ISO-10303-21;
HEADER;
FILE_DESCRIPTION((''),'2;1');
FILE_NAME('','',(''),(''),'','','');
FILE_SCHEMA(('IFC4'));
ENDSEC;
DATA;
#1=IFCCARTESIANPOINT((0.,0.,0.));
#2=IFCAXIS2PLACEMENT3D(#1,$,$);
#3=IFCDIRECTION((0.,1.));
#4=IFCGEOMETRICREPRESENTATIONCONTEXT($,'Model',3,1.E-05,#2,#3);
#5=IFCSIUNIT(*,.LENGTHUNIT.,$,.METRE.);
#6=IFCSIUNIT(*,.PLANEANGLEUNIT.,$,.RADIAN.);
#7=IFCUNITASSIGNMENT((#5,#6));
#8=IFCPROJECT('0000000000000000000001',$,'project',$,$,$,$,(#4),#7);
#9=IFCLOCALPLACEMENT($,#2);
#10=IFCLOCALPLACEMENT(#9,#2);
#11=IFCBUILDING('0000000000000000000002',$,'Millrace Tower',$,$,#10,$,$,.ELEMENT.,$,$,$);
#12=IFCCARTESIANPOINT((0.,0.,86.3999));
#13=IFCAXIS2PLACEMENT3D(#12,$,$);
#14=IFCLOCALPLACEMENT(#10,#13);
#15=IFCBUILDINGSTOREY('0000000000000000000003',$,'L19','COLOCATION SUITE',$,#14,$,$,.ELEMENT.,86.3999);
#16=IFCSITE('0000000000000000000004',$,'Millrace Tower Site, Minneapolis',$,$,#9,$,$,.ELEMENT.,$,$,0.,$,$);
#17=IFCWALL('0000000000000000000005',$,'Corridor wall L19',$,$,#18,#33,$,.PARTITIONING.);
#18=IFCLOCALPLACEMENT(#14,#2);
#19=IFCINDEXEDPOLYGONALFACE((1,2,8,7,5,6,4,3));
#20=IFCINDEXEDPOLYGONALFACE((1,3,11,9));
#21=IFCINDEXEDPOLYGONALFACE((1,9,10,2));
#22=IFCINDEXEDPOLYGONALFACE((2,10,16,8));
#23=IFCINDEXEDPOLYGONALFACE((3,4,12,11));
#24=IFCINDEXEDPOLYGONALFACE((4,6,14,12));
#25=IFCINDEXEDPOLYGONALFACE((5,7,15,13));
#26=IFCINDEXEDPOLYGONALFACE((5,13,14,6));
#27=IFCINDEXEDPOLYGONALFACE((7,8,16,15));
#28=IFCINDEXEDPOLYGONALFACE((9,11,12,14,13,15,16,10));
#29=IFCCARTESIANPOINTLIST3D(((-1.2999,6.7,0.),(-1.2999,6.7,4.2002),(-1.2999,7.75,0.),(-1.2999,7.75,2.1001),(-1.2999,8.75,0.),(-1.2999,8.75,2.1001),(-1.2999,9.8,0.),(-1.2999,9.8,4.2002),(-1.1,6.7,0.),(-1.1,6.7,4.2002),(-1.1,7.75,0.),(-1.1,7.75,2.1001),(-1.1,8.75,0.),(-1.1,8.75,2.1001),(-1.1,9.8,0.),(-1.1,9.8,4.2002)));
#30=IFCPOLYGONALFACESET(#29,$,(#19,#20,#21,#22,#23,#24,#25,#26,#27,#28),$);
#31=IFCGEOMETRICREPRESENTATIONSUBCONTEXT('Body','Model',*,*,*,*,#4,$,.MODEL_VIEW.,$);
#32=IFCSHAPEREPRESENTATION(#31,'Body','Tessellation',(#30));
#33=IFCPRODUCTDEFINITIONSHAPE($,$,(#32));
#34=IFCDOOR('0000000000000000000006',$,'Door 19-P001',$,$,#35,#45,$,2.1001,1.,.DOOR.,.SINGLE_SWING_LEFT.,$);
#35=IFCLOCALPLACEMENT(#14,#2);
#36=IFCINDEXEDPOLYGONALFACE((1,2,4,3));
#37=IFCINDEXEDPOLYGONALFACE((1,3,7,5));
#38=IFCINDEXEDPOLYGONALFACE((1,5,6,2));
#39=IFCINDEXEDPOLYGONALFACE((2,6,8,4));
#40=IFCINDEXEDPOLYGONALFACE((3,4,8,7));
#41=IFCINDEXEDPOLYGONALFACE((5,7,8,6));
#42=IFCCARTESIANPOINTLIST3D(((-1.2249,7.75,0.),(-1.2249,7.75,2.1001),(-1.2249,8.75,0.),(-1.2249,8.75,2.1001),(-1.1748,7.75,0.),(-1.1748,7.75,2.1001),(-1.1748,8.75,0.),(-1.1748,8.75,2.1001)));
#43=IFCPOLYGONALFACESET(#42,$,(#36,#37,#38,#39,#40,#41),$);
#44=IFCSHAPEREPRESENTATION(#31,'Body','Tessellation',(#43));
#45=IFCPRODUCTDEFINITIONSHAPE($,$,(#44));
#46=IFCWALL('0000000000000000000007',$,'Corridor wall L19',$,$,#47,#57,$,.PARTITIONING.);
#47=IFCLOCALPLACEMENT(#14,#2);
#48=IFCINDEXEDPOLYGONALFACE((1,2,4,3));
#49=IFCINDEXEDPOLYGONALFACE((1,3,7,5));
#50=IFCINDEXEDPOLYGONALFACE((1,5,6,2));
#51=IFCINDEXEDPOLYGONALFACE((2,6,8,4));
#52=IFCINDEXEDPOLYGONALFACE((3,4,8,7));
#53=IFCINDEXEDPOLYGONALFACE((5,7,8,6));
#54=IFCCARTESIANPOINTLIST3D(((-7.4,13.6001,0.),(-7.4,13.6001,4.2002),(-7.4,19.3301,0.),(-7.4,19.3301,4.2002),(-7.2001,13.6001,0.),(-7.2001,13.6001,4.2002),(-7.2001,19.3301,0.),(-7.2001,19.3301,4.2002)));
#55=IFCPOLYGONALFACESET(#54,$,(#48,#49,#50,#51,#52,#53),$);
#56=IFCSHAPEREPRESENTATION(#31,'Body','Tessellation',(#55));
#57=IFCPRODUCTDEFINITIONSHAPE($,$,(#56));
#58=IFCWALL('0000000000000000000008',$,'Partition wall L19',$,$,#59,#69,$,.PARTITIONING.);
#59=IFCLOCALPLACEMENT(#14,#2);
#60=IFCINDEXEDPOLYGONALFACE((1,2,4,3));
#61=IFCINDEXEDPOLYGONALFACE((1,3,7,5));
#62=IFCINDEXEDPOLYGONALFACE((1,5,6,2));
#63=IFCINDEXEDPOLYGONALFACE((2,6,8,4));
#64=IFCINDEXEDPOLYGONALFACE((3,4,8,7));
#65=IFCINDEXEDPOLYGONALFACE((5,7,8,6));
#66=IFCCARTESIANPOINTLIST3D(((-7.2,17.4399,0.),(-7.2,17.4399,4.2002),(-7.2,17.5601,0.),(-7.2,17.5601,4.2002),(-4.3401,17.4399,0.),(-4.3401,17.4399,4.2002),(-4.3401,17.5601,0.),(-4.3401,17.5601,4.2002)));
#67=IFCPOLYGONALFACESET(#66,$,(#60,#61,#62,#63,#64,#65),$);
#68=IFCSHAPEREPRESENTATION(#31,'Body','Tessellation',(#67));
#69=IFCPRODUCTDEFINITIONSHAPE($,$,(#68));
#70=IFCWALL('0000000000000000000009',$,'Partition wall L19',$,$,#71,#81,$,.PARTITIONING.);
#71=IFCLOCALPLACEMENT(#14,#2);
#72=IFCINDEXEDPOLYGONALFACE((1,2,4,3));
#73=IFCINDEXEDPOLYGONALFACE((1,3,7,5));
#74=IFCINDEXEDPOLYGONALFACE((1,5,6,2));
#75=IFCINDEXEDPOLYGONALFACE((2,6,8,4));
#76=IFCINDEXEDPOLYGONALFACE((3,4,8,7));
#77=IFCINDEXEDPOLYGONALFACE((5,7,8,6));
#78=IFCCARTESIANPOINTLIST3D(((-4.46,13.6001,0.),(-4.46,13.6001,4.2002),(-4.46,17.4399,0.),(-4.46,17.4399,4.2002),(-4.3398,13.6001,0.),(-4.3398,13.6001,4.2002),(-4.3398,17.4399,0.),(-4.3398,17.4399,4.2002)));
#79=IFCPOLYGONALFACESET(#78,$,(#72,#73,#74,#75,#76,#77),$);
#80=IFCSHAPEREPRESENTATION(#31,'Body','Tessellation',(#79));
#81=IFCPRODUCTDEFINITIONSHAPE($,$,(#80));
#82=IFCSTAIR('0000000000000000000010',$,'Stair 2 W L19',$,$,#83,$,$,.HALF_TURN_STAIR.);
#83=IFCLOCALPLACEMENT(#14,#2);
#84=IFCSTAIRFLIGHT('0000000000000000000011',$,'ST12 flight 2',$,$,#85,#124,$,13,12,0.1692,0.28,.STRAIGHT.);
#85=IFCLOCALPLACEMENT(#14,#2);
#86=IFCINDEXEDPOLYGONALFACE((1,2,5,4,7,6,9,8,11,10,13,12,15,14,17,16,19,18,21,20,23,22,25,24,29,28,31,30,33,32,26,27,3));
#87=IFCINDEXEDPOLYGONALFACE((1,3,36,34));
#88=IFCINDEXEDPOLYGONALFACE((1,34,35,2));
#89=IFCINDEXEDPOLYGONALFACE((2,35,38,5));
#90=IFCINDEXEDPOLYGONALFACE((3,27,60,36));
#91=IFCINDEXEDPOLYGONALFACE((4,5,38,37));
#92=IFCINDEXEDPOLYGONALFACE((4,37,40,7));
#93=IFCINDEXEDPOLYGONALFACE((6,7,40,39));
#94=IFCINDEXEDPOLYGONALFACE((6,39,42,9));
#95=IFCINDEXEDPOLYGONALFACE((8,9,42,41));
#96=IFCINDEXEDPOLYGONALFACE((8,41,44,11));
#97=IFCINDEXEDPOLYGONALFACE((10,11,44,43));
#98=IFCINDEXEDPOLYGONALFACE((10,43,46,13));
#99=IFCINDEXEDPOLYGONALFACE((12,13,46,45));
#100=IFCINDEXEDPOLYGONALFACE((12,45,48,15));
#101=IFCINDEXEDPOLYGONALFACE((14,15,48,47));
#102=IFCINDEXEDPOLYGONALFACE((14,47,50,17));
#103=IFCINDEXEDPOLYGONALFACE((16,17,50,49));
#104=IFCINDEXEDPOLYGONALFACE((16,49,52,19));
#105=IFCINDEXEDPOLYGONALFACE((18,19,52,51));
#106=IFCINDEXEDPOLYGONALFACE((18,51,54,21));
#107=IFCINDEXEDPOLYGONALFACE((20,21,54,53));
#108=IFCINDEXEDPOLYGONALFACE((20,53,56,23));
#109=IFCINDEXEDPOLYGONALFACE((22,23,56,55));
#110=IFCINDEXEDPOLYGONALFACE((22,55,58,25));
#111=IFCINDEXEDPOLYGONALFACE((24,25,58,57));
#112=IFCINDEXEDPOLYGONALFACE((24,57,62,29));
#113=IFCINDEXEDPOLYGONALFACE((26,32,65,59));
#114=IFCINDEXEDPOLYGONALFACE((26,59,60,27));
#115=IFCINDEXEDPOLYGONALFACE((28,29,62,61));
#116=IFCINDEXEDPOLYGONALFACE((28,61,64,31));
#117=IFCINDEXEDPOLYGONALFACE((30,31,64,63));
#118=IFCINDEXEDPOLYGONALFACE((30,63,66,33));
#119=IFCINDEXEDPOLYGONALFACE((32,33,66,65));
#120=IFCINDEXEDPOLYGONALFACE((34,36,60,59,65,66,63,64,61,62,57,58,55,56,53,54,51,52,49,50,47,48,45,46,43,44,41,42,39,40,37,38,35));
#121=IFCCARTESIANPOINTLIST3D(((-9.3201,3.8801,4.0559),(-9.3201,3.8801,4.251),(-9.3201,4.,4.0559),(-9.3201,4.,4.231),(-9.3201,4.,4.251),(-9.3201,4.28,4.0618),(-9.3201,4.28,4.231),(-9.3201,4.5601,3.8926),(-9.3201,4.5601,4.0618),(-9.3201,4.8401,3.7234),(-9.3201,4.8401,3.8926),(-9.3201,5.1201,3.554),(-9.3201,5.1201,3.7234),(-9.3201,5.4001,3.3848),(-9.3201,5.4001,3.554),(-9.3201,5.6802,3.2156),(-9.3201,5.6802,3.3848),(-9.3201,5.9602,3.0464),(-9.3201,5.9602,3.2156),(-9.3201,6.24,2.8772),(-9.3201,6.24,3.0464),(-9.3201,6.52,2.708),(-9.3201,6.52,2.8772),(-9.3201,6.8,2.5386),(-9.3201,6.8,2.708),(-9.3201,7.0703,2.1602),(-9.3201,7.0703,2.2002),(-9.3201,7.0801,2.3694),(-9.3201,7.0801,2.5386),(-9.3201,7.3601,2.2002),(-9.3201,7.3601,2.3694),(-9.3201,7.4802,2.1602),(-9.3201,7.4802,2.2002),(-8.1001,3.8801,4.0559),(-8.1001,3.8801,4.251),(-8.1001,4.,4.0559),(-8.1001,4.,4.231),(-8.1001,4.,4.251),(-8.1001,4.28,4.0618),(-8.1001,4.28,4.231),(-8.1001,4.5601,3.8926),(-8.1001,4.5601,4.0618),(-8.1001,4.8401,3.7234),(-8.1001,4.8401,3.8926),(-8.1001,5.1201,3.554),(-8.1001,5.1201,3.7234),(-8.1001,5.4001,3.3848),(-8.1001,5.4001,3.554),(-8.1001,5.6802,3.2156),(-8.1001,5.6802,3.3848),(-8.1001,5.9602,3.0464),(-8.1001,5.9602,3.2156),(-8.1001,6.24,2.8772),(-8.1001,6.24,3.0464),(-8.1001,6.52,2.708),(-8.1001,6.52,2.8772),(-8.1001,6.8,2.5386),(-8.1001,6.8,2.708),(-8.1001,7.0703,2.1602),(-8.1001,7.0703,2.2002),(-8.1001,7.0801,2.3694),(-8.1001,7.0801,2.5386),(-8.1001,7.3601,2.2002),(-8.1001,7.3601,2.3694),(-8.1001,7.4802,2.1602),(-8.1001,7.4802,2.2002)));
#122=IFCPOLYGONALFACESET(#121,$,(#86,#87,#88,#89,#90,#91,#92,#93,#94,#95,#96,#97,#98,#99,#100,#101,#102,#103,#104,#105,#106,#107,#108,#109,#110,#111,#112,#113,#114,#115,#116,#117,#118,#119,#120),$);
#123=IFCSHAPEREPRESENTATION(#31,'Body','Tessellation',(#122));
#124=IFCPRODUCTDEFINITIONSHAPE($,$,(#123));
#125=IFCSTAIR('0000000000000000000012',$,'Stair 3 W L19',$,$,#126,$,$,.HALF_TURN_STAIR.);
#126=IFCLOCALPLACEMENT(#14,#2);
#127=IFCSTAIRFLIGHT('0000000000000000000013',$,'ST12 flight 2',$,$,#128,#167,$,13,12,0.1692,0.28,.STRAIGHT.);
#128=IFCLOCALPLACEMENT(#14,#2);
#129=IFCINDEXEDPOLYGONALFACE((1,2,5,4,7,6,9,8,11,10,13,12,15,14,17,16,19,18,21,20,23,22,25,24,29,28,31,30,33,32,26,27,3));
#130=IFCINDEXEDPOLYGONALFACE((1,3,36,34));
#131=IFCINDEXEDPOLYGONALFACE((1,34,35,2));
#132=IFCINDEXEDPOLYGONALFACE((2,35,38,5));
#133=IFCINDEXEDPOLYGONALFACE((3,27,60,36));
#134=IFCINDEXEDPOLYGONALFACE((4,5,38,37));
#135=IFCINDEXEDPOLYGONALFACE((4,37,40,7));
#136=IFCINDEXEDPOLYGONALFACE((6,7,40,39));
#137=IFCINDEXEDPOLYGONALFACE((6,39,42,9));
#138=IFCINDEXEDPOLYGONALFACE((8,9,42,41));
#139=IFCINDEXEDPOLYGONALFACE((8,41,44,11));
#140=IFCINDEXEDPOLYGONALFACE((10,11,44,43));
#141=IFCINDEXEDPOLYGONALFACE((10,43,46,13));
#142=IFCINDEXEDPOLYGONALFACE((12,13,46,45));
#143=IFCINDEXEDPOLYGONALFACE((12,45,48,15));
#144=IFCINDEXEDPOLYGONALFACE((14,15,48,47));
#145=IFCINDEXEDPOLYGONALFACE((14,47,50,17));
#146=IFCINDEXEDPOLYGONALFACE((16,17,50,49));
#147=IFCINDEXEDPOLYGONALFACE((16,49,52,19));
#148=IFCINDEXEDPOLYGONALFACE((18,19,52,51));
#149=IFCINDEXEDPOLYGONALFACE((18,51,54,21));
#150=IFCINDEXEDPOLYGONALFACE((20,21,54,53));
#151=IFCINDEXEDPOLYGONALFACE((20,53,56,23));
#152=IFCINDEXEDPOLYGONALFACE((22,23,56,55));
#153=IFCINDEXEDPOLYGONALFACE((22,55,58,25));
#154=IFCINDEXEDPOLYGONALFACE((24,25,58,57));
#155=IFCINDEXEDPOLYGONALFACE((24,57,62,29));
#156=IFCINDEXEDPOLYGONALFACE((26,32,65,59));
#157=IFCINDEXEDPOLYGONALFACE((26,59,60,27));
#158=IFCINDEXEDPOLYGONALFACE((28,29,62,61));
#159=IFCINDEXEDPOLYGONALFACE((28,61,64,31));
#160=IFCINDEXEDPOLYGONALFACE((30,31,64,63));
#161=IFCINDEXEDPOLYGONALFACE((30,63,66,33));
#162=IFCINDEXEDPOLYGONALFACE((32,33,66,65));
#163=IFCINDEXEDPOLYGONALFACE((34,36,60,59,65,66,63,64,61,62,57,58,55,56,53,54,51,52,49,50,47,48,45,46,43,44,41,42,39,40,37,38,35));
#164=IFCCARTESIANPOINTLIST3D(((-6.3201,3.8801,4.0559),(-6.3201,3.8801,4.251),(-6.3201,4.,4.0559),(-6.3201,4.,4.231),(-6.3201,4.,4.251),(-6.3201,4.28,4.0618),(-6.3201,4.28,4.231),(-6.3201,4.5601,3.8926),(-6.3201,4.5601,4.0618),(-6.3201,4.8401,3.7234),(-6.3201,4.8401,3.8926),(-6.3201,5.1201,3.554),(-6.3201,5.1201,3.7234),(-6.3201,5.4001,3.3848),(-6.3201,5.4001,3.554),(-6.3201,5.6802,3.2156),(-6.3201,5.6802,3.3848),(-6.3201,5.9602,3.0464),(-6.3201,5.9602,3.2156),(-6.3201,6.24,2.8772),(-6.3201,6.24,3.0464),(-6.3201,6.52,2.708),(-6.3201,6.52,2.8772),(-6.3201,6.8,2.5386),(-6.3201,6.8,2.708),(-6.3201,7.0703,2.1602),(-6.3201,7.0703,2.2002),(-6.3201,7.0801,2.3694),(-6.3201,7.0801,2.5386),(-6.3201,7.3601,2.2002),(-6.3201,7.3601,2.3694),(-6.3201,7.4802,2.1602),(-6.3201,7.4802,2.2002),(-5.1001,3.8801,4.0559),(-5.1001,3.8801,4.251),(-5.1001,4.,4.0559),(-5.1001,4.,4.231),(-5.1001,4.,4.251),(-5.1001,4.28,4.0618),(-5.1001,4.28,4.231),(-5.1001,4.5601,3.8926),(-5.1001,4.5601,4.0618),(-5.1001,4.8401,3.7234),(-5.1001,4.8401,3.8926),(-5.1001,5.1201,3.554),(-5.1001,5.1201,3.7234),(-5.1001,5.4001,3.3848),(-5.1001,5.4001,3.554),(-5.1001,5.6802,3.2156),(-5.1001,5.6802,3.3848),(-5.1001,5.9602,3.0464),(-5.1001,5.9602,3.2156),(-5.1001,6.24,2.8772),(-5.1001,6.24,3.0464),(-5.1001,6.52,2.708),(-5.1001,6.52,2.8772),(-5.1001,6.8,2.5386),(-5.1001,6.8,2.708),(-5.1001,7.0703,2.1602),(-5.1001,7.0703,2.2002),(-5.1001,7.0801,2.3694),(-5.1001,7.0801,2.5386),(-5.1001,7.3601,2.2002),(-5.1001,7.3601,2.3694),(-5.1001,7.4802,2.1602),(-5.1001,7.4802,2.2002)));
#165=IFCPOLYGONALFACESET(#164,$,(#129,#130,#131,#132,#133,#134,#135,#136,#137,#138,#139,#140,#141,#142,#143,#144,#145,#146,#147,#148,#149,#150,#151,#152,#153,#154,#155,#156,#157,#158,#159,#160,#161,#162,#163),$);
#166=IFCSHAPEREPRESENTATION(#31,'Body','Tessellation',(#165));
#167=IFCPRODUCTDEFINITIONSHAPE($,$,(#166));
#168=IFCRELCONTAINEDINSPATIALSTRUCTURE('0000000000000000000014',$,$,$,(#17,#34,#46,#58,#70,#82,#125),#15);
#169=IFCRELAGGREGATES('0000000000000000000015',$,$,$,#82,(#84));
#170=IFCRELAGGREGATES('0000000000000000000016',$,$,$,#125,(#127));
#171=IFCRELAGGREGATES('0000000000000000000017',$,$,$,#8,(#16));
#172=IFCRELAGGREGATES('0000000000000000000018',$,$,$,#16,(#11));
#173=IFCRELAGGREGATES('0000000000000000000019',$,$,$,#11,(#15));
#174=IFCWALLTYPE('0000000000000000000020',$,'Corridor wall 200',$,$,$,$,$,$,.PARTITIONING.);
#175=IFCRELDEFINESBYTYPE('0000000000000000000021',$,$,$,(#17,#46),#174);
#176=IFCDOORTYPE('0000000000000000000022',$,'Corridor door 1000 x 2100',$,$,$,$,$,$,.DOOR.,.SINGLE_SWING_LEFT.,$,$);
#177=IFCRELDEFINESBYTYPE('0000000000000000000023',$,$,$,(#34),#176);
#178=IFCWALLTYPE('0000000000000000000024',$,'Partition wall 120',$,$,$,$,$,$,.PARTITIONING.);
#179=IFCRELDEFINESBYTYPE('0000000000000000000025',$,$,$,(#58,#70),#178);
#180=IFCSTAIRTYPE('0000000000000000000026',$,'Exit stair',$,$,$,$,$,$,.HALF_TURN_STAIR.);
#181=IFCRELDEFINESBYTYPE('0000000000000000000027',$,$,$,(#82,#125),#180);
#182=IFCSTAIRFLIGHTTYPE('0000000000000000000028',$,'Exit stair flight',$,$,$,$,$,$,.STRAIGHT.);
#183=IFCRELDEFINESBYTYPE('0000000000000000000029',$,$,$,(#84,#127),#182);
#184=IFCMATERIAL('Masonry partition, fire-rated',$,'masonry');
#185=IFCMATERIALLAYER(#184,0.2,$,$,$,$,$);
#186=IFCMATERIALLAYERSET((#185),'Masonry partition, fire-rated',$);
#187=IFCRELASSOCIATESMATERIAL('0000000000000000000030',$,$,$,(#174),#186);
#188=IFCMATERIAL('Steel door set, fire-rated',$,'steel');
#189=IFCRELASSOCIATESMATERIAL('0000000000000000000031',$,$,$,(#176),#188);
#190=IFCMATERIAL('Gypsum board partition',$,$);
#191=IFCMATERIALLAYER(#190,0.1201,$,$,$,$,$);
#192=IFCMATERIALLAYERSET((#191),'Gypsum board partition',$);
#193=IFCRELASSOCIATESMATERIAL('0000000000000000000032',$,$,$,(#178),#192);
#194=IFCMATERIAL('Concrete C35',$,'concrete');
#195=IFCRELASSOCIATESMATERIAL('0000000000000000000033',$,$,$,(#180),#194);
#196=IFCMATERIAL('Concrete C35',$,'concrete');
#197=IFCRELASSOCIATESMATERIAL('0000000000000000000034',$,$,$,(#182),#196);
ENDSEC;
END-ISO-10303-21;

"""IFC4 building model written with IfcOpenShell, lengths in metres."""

from ifc_helpers import new_model, si_unit, direction, frame, frame_2d, origin, place, context, subcontext, project, spatial, polyline, rectangle, outline, extrude, material, layer, layer_set, type_object, element, fill, aggregate, save


model = new_model("IFC4")

# Units and contexts
model_context = context("Model", 3, precision=1e-05, world=origin(), true_north=direction((0.0, 1.0)))
body_context = subcontext(model_context, "Body", "Model", "MODEL_VIEW")
ifc_project = project(units=[si_unit("LENGTHUNIT", "METRE"), si_unit("PLANEANGLEUNIT", "RADIAN")], contexts=[model_context])

# Site, building, storey
site_placement = place(None, origin())
site = spatial("IfcSite", under=ifc_project, at=site_placement, Name="Millrace Tower Site, Minneapolis", CompositionType="ELEMENT", RefElevation=0.0)
building_placement = place(site_placement, origin())
building = spatial("IfcBuilding", under=site, at=building_placement, Name="Millrace Tower", CompositionType="ELEMENT")
storey_placement = place(building_placement, frame((0.0, 0.0, 86.3999)))
storey = spatial("IfcBuildingStorey", under=building, at=storey_placement, Name="L19", Description="COLOCATION SUITE", CompositionType="ELEMENT", Elevation=86.3999)

# Shared definitions
placement = place(storey_placement, origin())

# Shared definitions
ifc_material_1 = material(Name="Masonry partition, fire-rated", Category="masonry")
ifc_layer_1 = layer(ifc_material_1, 0.2)
ifc_layer_set_1 = layer_set([ifc_layer_1], Name="Masonry partition, fire-rated")
wall_type_1 = type_object("IfcWallType", Name="Corridor wall 200", PredefinedType="PARTITIONING", material=ifc_layer_set_1)

# Wall, opening, door
wall_1_placement = place(storey_placement, frame((-1.2, 6.7, 0.0), z_axis=(0.0, 0.0, 1.0), x_axis=(0.0, 1.0, 0.0)))
wall_1 = element("IfcWall", 1, at=wall_1_placement, inside=storey, type_object=wall_type_1, Name="Corridor wall L19", PredefinedType="PARTITIONING", context=body_context, shape_type="SweptSolid", body=[
    extrude(rectangle(XDim=3.1001, YDim=0.2, at=frame_2d((1.55, 0.0))), origin(), (0.0, 0.0, 1.0), 4.2002),
])
opening_placement = place(wall_1_placement, frame((1.05, 0.0, 0.0)))
opening = element("IfcOpeningElement", 2, at=opening_placement, cuts=wall_1, PredefinedType="OPENING", context=body_context, shape_type="SweptSolid", body=[
    extrude(rectangle(XDim=1.0, YDim=2.1001, at=frame_2d((0.5, 1.05))), frame((0.0, 0.1099, 0.0), z_axis=(0.0, -1.0, 0.0), x_axis=(1.0, 0.0, 0.0)), (0.0, 0.0, 1.0), 0.22),
])
ifc_material_2 = material(Name="Steel door set, fire-rated", Category="steel")
door_type = type_object("IfcDoorType", Name="Corridor door 1000 x 2100", OperationType="SINGLE_SWING_LEFT", PredefinedType="DOOR", material=ifc_material_2)
door_placement = place(opening_placement, origin())
door = element("IfcDoor", 3, at=door_placement, inside=storey, type_object=door_type, Name="Door 19-P001", OperationType="SINGLE_SWING_LEFT", OverallHeight=2.1001, OverallWidth=1.0, PredefinedType="DOOR", context=body_context, shape_type="SweptSolid", body=[
    extrude(rectangle(XDim=1.0, YDim=2.1001, at=frame_2d((0.5, 1.05))), frame((0.0, 0.0249, 0.0), z_axis=(0.0, -1.0, 0.0), x_axis=(1.0, 0.0, 0.0)), (0.0, 0.0, 1.0), 0.05),
])
fill(opening, door)

# Walls
wall_2_placement = place(storey_placement, frame((-7.3, 13.6001, 0.0), z_axis=(0.0, 0.0, 1.0), x_axis=(0.0, 1.0, 0.0)))
element("IfcWall", 4, at=wall_2_placement, inside=storey, type_object=wall_type_1, Name="Corridor wall L19", PredefinedType="PARTITIONING", context=body_context, shape_type="SweptSolid", body=[
    extrude(rectangle(XDim=5.73, YDim=0.2, at=frame_2d((2.865, 0.0))), origin(), (0.0, 0.0, 1.0), 4.2002),
])
ifc_material_3 = material(Name="Gypsum board partition")
ifc_layer_2 = layer(ifc_material_3, 0.1201)
ifc_layer_set_2 = layer_set([ifc_layer_2], Name="Gypsum board partition")
wall_type_2 = type_object("IfcWallType", Name="Partition wall 120", PredefinedType="PARTITIONING", material=ifc_layer_set_2)
wall_3_placement = place(storey_placement, frame((-7.2, 17.5, 0.0), z_axis=(0.0, 0.0, 1.0), x_axis=(1.0, 0.0, 0.0)))
element("IfcWall", 5, at=wall_3_placement, inside=storey, type_object=wall_type_2, Name="Partition wall L19", PredefinedType="PARTITIONING", context=body_context, shape_type="SweptSolid", body=[
    extrude(rectangle(XDim=2.8599, YDim=0.1201, at=frame_2d((1.4299, 0.0))), origin(), (0.0, 0.0, 1.0), 4.2002),
])
wall_4_placement = place(storey_placement, frame((-4.3999, 13.6001, 0.0), z_axis=(0.0, 0.0, 1.0), x_axis=(0.0, 1.0, 0.0)))
element("IfcWall", 6, at=wall_4_placement, inside=storey, type_object=wall_type_2, Name="Partition wall L19", PredefinedType="PARTITIONING", context=body_context, shape_type="SweptSolid", body=[
    extrude(rectangle(XDim=3.8398, YDim=0.1201, at=frame_2d((1.9199, 0.0))), origin(), (0.0, 0.0, 1.0), 4.2002),
])

# Stairs, stair flights
ifc_material_4 = material(Name="Concrete C35", Category="concrete")
stair_type = type_object("IfcStairType", Name="Exit stair", PredefinedType="HALF_TURN_STAIR", material=ifc_material_4)
stair_1 = element("IfcStair", 7, at=placement, inside=storey, type_object=stair_type, Name="Stair 2 W L19", PredefinedType="HALF_TURN_STAIR")
ifc_material_5 = material(Name="Concrete C35", Category="concrete")
stair_flight_type = type_object("IfcStairFlightType", Name="Exit stair flight", PredefinedType="STRAIGHT", material=ifc_material_5)
stair_flight_1_placement = place(storey_placement, frame((-8.71, 7.3601, 2.2002), z_axis=(0.0, 0.0, 1.0), x_axis=(0.0, -1.0, 0.0)))
stair_flight_1 = element("IfcStairFlight", 8, at=stair_flight_1_placement, type_object=stair_flight_type, Name="ST12 flight 2", NumberOfRisers=13, NumberOfTreads=12, PredefinedType="STRAIGHT", RiserHeight=0.1692, TreadLength=0.28, context=body_context, shape_type="SweptSolid", body=[
    extrude(outline(polyline([(-0.1201, -0.04), (-0.1201, 0.0), (0.0, 0.0), (0.0, 0.1692), (0.28, 0.1692), (0.28, 0.3384), (0.5601, 0.3384), (0.5601, 0.5078), (0.8401, 0.5078), (0.8401, 0.677), (1.1201, 0.677), (1.1201, 0.8462), (1.3999, 0.8462), (1.3999, 1.0154), (1.6799, 1.0154), (1.6799, 1.1846), (1.96, 1.1846), (1.96, 1.3538), (2.24, 1.3538), (2.24, 1.5232), (2.52, 1.5232), (2.52, 1.6924), (2.8, 1.6924), (2.8, 1.8616), (3.0801, 1.8616), (3.0801, 2.0308), (3.3601, 2.0308), (3.3601, 2.0508), (3.48, 2.0508), (3.48, 1.8557), (3.3601, 1.8557), (0.2898, 0.0), (0.2898, -0.04), (-0.1201, -0.04)])), frame((0.0, 0.6099, 0.0), z_axis=(0.0, -1.0, 0.0), x_axis=(1.0, 0.0, 0.0)), (0.0, 0.0, 1.0), 1.22),
])
aggregate(stair_1, [stair_flight_1])
stair_2 = element("IfcStair", 9, at=placement, inside=storey, type_object=stair_type, Name="Stair 3 W L19", PredefinedType="HALF_TURN_STAIR")
stair_flight_2_placement = place(storey_placement, frame((-5.71, 7.3601, 2.2002), z_axis=(0.0, 0.0, 1.0), x_axis=(0.0, -1.0, 0.0)))
stair_flight_2 = element("IfcStairFlight", 10, at=stair_flight_2_placement, type_object=stair_flight_type, Name="ST12 flight 2", NumberOfRisers=13, NumberOfTreads=12, PredefinedType="STRAIGHT", RiserHeight=0.1692, TreadLength=0.28, context=body_context, shape_type="SweptSolid", body=[
    extrude(outline(polyline([(-0.1201, -0.04), (-0.1201, 0.0), (0.0, 0.0), (0.0, 0.1692), (0.28, 0.1692), (0.28, 0.3384), (0.5601, 0.3384), (0.5601, 0.5078), (0.8401, 0.5078), (0.8401, 0.677), (1.1201, 0.677), (1.1201, 0.8462), (1.3999, 0.8462), (1.3999, 1.0154), (1.6799, 1.0154), (1.6799, 1.1846), (1.96, 1.1846), (1.96, 1.3538), (2.24, 1.3538), (2.24, 1.5232), (2.52, 1.5232), (2.52, 1.6924), (2.8, 1.6924), (2.8, 1.8616), (3.0801, 1.8616), (3.0801, 2.0308), (3.3601, 2.0308), (3.3601, 2.0508), (3.48, 2.0508), (3.48, 1.8557), (3.3601, 1.8557), (0.2898, 0.0), (0.2898, -0.04), (-0.1201, -0.04)])), frame((0.0, 0.6099, 0.0), z_axis=(0.0, -1.0, 0.0), x_axis=(1.0, 0.0, 0.0)), (0.0, 0.0, 1.0), 1.22),
])
aggregate(stair_2, [stair_flight_2])

save(model, "model.ifc")
